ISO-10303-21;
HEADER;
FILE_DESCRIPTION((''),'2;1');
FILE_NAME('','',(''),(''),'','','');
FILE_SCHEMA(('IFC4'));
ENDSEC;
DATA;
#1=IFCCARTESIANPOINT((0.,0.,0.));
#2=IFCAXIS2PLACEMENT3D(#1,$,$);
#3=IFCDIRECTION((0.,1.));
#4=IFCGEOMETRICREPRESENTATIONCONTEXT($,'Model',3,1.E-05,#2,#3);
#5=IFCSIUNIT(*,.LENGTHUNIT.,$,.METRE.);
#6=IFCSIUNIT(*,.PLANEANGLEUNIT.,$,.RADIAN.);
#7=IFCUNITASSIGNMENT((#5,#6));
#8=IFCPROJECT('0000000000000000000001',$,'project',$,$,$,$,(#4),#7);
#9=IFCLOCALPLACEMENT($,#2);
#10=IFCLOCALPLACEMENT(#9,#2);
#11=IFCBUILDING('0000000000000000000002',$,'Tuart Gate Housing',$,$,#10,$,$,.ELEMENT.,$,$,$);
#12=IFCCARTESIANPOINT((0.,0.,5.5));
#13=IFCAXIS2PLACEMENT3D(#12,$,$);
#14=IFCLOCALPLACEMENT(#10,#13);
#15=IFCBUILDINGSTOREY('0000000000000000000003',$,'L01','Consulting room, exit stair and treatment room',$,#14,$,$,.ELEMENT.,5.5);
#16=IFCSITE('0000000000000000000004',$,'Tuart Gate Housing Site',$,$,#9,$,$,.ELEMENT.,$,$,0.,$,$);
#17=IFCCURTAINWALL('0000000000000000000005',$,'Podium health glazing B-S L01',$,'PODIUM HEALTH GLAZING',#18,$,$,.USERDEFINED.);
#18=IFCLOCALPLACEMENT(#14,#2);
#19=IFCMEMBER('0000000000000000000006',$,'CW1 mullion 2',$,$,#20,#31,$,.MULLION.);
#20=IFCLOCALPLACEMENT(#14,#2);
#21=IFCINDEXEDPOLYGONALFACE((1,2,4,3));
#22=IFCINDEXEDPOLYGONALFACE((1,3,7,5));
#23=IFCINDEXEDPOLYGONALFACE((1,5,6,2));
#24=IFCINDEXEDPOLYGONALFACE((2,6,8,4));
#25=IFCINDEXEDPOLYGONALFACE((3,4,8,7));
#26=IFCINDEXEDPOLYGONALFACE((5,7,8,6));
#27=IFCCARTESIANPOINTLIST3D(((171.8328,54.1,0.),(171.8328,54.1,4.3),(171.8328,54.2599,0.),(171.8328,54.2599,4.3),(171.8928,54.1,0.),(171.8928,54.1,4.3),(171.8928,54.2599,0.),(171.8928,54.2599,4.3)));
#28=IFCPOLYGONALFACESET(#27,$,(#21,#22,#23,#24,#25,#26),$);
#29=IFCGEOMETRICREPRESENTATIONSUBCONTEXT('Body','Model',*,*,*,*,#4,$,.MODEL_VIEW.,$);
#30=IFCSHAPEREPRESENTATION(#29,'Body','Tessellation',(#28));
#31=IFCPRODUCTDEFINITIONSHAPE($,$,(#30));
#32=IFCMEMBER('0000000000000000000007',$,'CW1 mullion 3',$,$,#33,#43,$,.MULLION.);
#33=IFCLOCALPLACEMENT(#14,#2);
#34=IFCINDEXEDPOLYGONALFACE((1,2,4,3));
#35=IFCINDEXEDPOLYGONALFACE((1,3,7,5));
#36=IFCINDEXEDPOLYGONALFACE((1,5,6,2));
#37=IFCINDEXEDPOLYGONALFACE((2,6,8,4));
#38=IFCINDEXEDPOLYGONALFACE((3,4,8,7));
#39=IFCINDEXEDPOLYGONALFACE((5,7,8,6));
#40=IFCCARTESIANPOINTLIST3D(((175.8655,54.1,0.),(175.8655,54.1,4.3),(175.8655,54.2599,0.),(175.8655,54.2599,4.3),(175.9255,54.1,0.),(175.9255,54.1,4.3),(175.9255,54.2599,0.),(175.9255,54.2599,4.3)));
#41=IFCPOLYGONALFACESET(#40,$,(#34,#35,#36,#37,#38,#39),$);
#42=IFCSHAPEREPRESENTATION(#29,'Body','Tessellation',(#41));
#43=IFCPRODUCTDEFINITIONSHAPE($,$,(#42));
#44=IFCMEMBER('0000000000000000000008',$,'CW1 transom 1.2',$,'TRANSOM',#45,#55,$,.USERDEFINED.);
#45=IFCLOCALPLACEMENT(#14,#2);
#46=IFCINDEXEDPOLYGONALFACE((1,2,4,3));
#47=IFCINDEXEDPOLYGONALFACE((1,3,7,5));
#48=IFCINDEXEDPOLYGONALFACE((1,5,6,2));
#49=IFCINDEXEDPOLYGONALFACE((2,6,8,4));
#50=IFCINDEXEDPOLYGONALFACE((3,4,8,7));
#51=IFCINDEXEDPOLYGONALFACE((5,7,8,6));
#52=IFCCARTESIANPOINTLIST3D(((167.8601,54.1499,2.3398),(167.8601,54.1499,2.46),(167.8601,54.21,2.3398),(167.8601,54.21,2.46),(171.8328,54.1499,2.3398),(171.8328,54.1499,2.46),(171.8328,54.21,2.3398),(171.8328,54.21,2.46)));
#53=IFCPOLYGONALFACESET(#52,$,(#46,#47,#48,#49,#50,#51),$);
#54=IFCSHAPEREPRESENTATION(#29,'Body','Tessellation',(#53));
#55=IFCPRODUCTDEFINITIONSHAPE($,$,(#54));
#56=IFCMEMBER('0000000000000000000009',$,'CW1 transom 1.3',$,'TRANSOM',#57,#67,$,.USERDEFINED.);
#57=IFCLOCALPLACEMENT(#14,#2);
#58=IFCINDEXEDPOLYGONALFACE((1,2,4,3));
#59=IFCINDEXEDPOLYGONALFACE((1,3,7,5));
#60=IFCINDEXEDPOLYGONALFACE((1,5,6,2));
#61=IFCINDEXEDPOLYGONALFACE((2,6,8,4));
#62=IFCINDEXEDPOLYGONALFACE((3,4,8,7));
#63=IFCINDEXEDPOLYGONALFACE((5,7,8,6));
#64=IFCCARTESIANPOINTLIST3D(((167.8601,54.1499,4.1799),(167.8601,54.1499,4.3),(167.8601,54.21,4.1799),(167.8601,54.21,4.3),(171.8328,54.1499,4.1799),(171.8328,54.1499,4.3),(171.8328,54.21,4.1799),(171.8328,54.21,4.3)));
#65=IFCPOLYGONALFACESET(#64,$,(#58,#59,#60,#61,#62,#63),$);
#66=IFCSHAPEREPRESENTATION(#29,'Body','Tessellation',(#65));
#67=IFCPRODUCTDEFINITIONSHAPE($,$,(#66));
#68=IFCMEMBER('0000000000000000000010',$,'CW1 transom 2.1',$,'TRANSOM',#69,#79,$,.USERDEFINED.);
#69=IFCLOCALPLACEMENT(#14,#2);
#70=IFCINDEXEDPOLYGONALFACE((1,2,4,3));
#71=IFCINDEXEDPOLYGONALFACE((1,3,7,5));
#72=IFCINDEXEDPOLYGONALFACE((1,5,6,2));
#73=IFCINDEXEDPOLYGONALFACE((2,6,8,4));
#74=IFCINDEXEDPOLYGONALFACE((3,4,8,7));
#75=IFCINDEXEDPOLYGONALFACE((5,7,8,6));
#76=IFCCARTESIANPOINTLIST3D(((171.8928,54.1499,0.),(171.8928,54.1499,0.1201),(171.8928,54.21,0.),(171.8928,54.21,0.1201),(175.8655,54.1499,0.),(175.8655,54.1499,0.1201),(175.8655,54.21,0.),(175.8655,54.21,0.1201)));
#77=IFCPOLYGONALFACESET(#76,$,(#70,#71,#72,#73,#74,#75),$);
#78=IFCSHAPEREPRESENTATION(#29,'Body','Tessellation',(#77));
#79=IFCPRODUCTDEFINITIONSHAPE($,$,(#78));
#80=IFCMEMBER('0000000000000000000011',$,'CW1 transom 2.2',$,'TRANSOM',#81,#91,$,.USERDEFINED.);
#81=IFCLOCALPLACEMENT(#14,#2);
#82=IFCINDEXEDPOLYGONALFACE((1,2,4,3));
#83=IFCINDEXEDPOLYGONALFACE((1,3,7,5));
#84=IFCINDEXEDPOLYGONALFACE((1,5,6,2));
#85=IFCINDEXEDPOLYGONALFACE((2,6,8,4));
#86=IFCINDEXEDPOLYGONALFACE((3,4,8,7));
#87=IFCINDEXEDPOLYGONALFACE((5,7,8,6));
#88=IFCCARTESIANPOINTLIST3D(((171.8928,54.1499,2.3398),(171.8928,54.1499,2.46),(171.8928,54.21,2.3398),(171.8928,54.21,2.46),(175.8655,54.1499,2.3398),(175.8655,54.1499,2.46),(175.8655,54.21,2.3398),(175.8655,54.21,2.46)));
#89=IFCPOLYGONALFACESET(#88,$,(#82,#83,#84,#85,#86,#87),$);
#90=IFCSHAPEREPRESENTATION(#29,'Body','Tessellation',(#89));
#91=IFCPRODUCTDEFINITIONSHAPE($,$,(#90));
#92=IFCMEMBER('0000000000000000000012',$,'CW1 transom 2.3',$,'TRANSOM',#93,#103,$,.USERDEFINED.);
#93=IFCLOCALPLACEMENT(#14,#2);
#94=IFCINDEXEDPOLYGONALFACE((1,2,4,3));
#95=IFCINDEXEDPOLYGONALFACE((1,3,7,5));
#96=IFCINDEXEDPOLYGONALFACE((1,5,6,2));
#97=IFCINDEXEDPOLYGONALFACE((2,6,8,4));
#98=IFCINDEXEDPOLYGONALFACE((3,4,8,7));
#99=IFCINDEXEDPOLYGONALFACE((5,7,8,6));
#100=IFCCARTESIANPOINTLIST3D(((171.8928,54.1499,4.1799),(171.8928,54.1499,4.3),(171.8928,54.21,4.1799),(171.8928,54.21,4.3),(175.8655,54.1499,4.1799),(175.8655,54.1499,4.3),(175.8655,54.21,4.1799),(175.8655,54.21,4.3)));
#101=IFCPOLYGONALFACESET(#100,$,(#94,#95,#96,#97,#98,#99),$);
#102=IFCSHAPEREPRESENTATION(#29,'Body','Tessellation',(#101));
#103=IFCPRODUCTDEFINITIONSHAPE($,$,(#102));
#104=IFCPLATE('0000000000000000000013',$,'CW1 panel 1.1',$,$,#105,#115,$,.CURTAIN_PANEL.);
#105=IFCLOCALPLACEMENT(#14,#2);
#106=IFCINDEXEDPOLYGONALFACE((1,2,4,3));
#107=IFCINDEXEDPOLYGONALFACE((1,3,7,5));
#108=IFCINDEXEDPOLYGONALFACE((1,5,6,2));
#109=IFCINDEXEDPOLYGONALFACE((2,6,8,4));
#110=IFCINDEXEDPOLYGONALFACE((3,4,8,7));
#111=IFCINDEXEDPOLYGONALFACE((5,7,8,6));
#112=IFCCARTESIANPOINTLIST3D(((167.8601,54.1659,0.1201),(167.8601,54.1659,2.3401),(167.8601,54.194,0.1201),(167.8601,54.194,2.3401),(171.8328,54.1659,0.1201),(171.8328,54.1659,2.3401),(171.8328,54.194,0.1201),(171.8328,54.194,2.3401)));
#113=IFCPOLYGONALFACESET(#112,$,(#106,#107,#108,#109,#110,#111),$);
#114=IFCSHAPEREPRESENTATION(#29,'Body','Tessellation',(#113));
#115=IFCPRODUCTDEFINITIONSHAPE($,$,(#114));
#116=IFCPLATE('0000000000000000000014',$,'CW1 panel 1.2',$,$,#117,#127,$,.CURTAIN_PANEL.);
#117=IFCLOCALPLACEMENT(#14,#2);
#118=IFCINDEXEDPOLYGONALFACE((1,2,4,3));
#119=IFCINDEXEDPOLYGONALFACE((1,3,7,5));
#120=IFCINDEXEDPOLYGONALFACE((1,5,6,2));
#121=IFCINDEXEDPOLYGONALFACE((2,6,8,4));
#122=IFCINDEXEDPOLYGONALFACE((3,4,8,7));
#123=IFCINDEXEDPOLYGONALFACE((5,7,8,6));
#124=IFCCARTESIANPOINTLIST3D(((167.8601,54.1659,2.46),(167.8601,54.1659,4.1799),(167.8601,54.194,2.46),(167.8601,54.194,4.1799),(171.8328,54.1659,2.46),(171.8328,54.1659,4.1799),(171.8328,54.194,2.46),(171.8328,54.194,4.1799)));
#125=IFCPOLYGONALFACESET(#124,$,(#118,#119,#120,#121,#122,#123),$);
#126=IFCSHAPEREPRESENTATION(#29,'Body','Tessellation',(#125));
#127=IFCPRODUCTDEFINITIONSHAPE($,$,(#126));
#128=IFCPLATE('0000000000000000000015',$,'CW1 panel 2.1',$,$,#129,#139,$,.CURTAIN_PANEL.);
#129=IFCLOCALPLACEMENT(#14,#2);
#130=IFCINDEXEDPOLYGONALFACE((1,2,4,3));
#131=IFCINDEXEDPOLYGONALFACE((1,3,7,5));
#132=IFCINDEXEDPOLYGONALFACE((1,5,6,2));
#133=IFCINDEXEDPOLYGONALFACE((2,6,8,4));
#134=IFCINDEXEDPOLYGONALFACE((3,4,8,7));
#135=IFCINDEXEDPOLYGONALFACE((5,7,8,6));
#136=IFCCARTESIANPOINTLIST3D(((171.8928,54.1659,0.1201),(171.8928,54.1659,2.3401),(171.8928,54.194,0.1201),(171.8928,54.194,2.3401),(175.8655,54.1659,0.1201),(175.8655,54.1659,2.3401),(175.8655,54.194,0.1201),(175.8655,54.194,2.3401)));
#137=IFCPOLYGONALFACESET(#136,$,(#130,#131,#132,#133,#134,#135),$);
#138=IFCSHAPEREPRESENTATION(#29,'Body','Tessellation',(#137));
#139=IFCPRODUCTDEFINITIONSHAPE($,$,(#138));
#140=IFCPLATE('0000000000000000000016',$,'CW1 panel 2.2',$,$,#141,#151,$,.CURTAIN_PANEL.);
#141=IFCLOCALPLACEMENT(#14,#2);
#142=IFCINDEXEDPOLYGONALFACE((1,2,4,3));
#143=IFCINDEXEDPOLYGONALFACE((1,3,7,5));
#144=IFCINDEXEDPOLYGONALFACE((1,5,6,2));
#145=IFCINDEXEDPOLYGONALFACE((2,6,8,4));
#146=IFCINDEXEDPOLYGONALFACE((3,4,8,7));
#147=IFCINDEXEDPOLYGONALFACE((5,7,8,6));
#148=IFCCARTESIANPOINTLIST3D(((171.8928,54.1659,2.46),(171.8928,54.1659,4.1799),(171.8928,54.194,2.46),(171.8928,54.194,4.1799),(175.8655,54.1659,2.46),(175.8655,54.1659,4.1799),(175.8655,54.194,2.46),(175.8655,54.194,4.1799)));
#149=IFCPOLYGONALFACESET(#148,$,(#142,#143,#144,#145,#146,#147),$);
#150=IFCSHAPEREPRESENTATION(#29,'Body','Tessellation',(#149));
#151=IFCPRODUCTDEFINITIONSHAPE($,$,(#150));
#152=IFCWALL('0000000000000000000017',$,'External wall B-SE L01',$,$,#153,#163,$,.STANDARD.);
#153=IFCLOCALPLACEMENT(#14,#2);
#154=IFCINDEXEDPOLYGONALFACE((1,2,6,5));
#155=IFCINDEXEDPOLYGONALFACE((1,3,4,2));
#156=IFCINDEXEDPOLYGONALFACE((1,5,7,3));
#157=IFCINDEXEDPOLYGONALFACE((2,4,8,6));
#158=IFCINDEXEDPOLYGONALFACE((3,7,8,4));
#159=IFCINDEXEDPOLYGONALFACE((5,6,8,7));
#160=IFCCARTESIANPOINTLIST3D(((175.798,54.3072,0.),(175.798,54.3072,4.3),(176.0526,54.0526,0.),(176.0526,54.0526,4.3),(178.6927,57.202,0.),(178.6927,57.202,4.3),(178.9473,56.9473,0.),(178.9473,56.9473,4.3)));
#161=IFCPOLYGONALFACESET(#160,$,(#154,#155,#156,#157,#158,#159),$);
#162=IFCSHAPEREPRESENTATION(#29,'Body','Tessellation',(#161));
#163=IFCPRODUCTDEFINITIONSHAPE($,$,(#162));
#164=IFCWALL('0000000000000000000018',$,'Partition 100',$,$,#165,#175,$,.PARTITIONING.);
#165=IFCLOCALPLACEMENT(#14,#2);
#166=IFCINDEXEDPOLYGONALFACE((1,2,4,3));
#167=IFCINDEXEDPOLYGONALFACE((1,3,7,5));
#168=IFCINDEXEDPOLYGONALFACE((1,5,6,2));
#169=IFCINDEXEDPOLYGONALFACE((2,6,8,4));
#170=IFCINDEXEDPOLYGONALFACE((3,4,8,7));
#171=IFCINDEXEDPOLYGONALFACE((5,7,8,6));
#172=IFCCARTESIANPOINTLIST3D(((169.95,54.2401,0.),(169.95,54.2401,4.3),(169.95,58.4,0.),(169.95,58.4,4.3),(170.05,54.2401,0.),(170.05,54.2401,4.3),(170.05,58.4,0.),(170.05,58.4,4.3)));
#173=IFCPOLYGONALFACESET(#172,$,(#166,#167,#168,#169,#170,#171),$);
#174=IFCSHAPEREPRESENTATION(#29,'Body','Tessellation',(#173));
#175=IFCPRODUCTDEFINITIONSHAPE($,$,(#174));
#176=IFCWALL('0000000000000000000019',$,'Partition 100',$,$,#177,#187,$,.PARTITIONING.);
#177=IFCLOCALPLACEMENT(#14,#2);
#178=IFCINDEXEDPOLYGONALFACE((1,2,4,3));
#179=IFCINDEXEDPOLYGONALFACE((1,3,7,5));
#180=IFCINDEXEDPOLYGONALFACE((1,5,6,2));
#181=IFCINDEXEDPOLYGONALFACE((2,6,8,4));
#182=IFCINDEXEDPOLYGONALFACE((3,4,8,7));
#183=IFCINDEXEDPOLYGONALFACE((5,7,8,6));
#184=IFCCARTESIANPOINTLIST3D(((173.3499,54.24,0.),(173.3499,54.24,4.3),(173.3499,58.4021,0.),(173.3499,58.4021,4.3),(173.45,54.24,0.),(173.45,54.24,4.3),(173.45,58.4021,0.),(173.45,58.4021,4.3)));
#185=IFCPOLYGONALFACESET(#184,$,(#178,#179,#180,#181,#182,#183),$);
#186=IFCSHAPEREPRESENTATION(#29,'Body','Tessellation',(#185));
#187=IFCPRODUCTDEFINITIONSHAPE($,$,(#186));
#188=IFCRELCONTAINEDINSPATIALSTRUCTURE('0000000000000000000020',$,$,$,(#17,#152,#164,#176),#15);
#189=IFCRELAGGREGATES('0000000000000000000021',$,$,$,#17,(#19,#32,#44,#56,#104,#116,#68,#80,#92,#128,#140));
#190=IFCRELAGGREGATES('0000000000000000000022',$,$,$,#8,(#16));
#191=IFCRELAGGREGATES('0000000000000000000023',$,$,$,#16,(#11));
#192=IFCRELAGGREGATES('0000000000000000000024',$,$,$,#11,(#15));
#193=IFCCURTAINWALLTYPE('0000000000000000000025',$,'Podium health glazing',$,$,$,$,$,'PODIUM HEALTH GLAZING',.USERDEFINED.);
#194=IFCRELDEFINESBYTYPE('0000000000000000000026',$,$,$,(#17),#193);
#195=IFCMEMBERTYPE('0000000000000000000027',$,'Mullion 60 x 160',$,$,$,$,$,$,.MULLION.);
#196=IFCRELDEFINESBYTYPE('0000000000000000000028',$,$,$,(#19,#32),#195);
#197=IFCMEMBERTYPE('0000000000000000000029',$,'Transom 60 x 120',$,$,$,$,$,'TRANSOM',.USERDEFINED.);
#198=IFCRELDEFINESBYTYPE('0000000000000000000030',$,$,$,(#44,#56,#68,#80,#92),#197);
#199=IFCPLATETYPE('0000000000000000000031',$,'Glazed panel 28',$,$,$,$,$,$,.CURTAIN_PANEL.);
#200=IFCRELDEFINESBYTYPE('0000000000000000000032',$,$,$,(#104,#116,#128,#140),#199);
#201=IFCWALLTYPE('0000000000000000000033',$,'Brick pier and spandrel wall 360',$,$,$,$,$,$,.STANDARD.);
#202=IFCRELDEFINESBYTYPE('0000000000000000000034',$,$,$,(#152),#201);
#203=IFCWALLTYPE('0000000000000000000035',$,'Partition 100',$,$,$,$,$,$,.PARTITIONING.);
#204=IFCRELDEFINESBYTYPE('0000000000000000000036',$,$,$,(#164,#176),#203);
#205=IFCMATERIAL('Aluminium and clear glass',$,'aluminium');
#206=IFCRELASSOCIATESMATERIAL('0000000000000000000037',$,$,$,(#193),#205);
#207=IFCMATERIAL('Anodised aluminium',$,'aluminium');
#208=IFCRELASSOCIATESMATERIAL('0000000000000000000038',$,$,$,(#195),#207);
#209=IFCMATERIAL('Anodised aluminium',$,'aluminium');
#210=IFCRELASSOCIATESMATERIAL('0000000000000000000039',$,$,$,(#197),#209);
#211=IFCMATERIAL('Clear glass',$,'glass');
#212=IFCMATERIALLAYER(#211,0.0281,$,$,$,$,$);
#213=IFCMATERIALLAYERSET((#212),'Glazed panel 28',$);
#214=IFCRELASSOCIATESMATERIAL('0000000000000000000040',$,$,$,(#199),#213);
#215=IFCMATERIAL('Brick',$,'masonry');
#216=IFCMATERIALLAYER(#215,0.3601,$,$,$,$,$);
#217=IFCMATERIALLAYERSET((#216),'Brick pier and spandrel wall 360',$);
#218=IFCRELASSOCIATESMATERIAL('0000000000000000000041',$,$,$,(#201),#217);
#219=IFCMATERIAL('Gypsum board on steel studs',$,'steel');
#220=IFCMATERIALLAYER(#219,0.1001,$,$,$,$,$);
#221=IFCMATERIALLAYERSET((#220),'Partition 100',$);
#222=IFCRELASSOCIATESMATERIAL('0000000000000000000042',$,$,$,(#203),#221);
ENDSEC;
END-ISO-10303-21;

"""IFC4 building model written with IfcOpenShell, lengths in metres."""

from ifc_helpers import new_model, si_unit, direction, frame, frame_2d, origin, origin_2d, place, context, subcontext, project, spatial, rectangle, extrude, material, layer, layer_set, material_profile, profile_set, type_object, element, aggregate, save


model = new_model("IFC4")

# Units and contexts
model_context = context("Model", 3, precision=1e-05, world=origin(), true_north=direction((0.0, 1.0)))
body_context = subcontext(model_context, "Body", "Model", "MODEL_VIEW")
ifc_project = project(units=[si_unit("LENGTHUNIT", "METRE"), si_unit("PLANEANGLEUNIT", "RADIAN")], contexts=[model_context])

# Site, building, storey
site_placement = place(None, origin())
site = spatial("IfcSite", under=ifc_project, at=site_placement, Name="Tuart Gate Housing Site", CompositionType="ELEMENT", RefElevation=0.0)
building_placement = place(site_placement, origin())
building = spatial("IfcBuilding", under=site, at=building_placement, Name="Tuart Gate Housing", CompositionType="ELEMENT")
storey_placement = place(building_placement, frame((0.0, 0.0, 5.5)))
storey = spatial("IfcBuildingStorey", under=building, at=storey_placement, Name="L01", Description="Consulting room, exit stair and treatment room", CompositionType="ELEMENT", Elevation=5.5)

# Curtain wall, members, plates
ifc_material_1 = material(Name="Aluminium and clear glass", Category="aluminium")
curtain_wall_type = type_object("IfcCurtainWallType", Name="Podium health glazing", ElementType="PODIUM HEALTH GLAZING", PredefinedType="USERDEFINED", material=ifc_material_1)
curtain_wall_placement = place(storey_placement, origin())
curtain_wall = element("IfcCurtainWall", 1, at=curtain_wall_placement, inside=storey, type_object=curtain_wall_type, Name="Podium health glazing B-S L01", ObjectType="PODIUM HEALTH GLAZING", PredefinedType="USERDEFINED")
ifc_material_2 = material(Name="Anodised aluminium", Category="aluminium")
ifc_material_profile_1 = material_profile(ifc_material_2, rectangle(XDim=0.0601, YDim=0.1599, at=origin_2d()), Name="60x160")
ifc_profile_set_1 = profile_set([ifc_material_profile_1], Name="Anodised aluminium")
member_type_1 = type_object("IfcMemberType", Name="Mullion 60 x 160", PredefinedType="MULLION", material=ifc_profile_set_1)
member_1_placement = place(storey_placement, frame((171.8628, 54.1799, 0.0), z_axis=(0.0, 0.0, 1.0), x_axis=(1.0, 0.0, 0.0)))
member_1 = element("IfcMember", 2, at=member_1_placement, type_object=member_type_1, Name="CW1 mullion 2", PredefinedType="MULLION", context=body_context, shape_type="SweptSolid", body=[
    extrude(rectangle(XDim=0.0601, YDim=0.1599, at=origin_2d()), origin(), (0.0, 0.0, 1.0), 4.3),
])
member_2_placement = place(storey_placement, frame((175.8955, 54.1799, 0.0), z_axis=(0.0, 0.0, 1.0), x_axis=(1.0, 0.0, 0.0)))
member_2 = element("IfcMember", 3, at=member_2_placement, type_object=member_type_1, Name="CW1 mullion 3", PredefinedType="MULLION", context=body_context, shape_type="SweptSolid", body=[
    extrude(rectangle(XDim=0.0601, YDim=0.1599, at=origin_2d()), origin(), (0.0, 0.0, 1.0), 4.3),
])
ifc_material_3 = material(Name="Anodised aluminium", Category="aluminium")
ifc_material_profile_2 = material_profile(ifc_material_3, rectangle(XDim=0.0601, YDim=0.1201, at=origin_2d()), Name="60x120")
ifc_profile_set_2 = profile_set([ifc_material_profile_2], Name="Anodised aluminium")
member_type_2 = type_object("IfcMemberType", Name="Transom 60 x 120", ElementType="TRANSOM", PredefinedType="USERDEFINED", material=ifc_profile_set_2)
member_3_placement = place(storey_placement, frame((167.8601, 54.1799, 2.3999), z_axis=(1.0, 0.0, 0.0), x_axis=(0.0, 1.0, 0.0)))
member_3 = element("IfcMember", 4, at=member_3_placement, type_object=member_type_2, Name="CW1 transom 1.2", ObjectType="TRANSOM", PredefinedType="USERDEFINED", context=body_context, shape_type="SweptSolid", body=[
    extrude(rectangle(XDim=0.0601, YDim=0.1201, at=origin_2d()), origin(), (0.0, 0.0, 1.0), 3.9727),
])
member_4_placement = place(storey_placement, frame((167.8601, 54.1799, 4.24), z_axis=(1.0, 0.0, 0.0), x_axis=(0.0, 1.0, 0.0)))
member_4 = element("IfcMember", 5, at=member_4_placement, type_object=member_type_2, Name="CW1 transom 1.3", ObjectType="TRANSOM", PredefinedType="USERDEFINED", context=body_context, shape_type="SweptSolid", body=[
    extrude(rectangle(XDim=0.0601, YDim=0.1201, at=origin_2d()), origin(), (0.0, 0.0, 1.0), 3.9727),
])
member_5_placement = place(storey_placement, frame((171.8928, 54.1799, 0.0601), z_axis=(1.0, 0.0, 0.0), x_axis=(0.0, 1.0, 0.0)))
member_5 = element("IfcMember", 6, at=member_5_placement, type_object=member_type_2, Name="CW1 transom 2.1", ObjectType="TRANSOM", PredefinedType="USERDEFINED", context=body_context, shape_type="SweptSolid", body=[
    extrude(rectangle(XDim=0.0601, YDim=0.1201, at=origin_2d()), origin(), (0.0, 0.0, 1.0), 3.9727),
])
member_6_placement = place(storey_placement, frame((171.8928, 54.1799, 2.3999), z_axis=(1.0, 0.0, 0.0), x_axis=(0.0, 1.0, 0.0)))
member_6 = element("IfcMember", 7, at=member_6_placement, type_object=member_type_2, Name="CW1 transom 2.2", ObjectType="TRANSOM", PredefinedType="USERDEFINED", context=body_context, shape_type="SweptSolid", body=[
    extrude(rectangle(XDim=0.0601, YDim=0.1201, at=origin_2d()), origin(), (0.0, 0.0, 1.0), 3.9727),
])
member_7_placement = place(storey_placement, frame((171.8928, 54.1799, 4.24), z_axis=(1.0, 0.0, 0.0), x_axis=(0.0, 1.0, 0.0)))
member_7 = element("IfcMember", 8, at=member_7_placement, type_object=member_type_2, Name="CW1 transom 2.3", ObjectType="TRANSOM", PredefinedType="USERDEFINED", context=body_context, shape_type="SweptSolid", body=[
    extrude(rectangle(XDim=0.0601, YDim=0.1201, at=origin_2d()), origin(), (0.0, 0.0, 1.0), 3.9727),
])
ifc_material_4 = material(Name="Clear glass", Category="glass")
ifc_layer_1 = layer(ifc_material_4, 0.0281)
ifc_layer_set_1 = layer_set([ifc_layer_1], Name="Glazed panel 28")
plate_type = type_object("IfcPlateType", Name="Glazed panel 28", PredefinedType="CURTAIN_PANEL", material=ifc_layer_set_1)
plate_1_placement = place(storey_placement, frame((169.8464, 54.1799, 0.1201), z_axis=(0.0, 0.0, 1.0), x_axis=(1.0, 0.0, 0.0)))
plate_1 = element("IfcPlate", 9, at=plate_1_placement, type_object=plate_type, Name="CW1 panel 1.1", PredefinedType="CURTAIN_PANEL", context=body_context, shape_type="SweptSolid", body=[
    extrude(rectangle(XDim=3.9727, YDim=0.0281, at=origin_2d()), origin(), (0.0, 0.0, 1.0), 2.22),
])
plate_2_placement = place(storey_placement, frame((169.8464, 54.1799, 2.46), z_axis=(0.0, 0.0, 1.0), x_axis=(1.0, 0.0, 0.0)))
plate_2 = element("IfcPlate", 10, at=plate_2_placement, type_object=plate_type, Name="CW1 panel 1.2", PredefinedType="CURTAIN_PANEL", context=body_context, shape_type="SweptSolid", body=[
    extrude(rectangle(XDim=3.9727, YDim=0.0281, at=origin_2d()), origin(), (0.0, 0.0, 1.0), 1.72),
])
plate_3_placement = place(storey_placement, frame((173.8792, 54.1799, 0.1201), z_axis=(0.0, 0.0, 1.0), x_axis=(1.0, 0.0, 0.0)))
plate_3 = element("IfcPlate", 11, at=plate_3_placement, type_object=plate_type, Name="CW1 panel 2.1", PredefinedType="CURTAIN_PANEL", context=body_context, shape_type="SweptSolid", body=[
    extrude(rectangle(XDim=3.9727, YDim=0.0281, at=origin_2d()), origin(), (0.0, 0.0, 1.0), 2.22),
])
plate_4_placement = place(storey_placement, frame((173.8792, 54.1799, 2.46), z_axis=(0.0, 0.0, 1.0), x_axis=(1.0, 0.0, 0.0)))
plate_4 = element("IfcPlate", 12, at=plate_4_placement, type_object=plate_type, Name="CW1 panel 2.2", PredefinedType="CURTAIN_PANEL", context=body_context, shape_type="SweptSolid", body=[
    extrude(rectangle(XDim=3.9727, YDim=0.0281, at=origin_2d()), origin(), (0.0, 0.0, 1.0), 1.72),
])
aggregate(curtain_wall, [member_1, member_2, member_3, member_4, plate_1, plate_2, member_5, member_6, member_7, plate_3, plate_4])

# Walls
ifc_material_5 = material(Name="Brick", Category="masonry")
ifc_layer_2 = layer(ifc_material_5, 0.3601)
ifc_layer_set_2 = layer_set([ifc_layer_2], Name="Brick pier and spandrel wall 360")
wall_type_1 = type_object("IfcWallType", Name="Brick pier and spandrel wall 360", PredefinedType="STANDARD", material=ifc_layer_set_2)
wall_1_placement = place(storey_placement, frame((175.9253, 54.1799, 0.0), z_axis=(0.0, 0.0, 1.0), x_axis=(0.707107, 0.707107, 0.0)))
element("IfcWall", 13, at=wall_1_placement, inside=storey, type_object=wall_type_1, Name="External wall B-SE L01", PredefinedType="STANDARD", context=body_context, shape_type="SweptSolid", body=[
    extrude(rectangle(XDim=4.0938, YDim=0.3601, at=frame_2d((2.0469, 0.0))), origin(), (0.0, 0.0, 1.0), 4.3),
])
ifc_material_6 = material(Name="Gypsum board on steel studs", Category="steel")
ifc_layer_3 = layer(ifc_material_6, 0.1001)
ifc_layer_set_3 = layer_set([ifc_layer_3], Name="Partition 100")
wall_type_2 = type_object("IfcWallType", Name="Partition 100", PredefinedType="PARTITIONING", material=ifc_layer_set_3)
wall_2_placement = place(storey_placement, frame((170.0, 54.24, 0.0), z_axis=(0.0, 0.0, 1.0), x_axis=(0.0, 1.0, 0.0)))
element("IfcWall", 14, at=wall_2_placement, inside=storey, type_object=wall_type_2, Name="Partition 100", PredefinedType="PARTITIONING", context=body_context, shape_type="SweptSolid", body=[
    extrude(rectangle(XDim=4.1599, YDim=0.1001, at=frame_2d((2.0801, 0.0))), origin(), (0.0, 0.0, 1.0), 4.3),
])
wall_3_placement = place(storey_placement, frame((173.3999, 54.24, 0.0), z_axis=(0.0, 0.0, 1.0), x_axis=(0.0, 1.0, 0.0)))
element("IfcWall", 15, at=wall_3_placement, inside=storey, type_object=wall_type_2, Name="Partition 100", PredefinedType="PARTITIONING", context=body_context, shape_type="SweptSolid", body=[
    extrude(rectangle(XDim=4.1621, YDim=0.1001, at=frame_2d((2.0811, 0.0))), origin(), (0.0, 0.0, 1.0), 4.3),
])

save(model, "model.ifc")
